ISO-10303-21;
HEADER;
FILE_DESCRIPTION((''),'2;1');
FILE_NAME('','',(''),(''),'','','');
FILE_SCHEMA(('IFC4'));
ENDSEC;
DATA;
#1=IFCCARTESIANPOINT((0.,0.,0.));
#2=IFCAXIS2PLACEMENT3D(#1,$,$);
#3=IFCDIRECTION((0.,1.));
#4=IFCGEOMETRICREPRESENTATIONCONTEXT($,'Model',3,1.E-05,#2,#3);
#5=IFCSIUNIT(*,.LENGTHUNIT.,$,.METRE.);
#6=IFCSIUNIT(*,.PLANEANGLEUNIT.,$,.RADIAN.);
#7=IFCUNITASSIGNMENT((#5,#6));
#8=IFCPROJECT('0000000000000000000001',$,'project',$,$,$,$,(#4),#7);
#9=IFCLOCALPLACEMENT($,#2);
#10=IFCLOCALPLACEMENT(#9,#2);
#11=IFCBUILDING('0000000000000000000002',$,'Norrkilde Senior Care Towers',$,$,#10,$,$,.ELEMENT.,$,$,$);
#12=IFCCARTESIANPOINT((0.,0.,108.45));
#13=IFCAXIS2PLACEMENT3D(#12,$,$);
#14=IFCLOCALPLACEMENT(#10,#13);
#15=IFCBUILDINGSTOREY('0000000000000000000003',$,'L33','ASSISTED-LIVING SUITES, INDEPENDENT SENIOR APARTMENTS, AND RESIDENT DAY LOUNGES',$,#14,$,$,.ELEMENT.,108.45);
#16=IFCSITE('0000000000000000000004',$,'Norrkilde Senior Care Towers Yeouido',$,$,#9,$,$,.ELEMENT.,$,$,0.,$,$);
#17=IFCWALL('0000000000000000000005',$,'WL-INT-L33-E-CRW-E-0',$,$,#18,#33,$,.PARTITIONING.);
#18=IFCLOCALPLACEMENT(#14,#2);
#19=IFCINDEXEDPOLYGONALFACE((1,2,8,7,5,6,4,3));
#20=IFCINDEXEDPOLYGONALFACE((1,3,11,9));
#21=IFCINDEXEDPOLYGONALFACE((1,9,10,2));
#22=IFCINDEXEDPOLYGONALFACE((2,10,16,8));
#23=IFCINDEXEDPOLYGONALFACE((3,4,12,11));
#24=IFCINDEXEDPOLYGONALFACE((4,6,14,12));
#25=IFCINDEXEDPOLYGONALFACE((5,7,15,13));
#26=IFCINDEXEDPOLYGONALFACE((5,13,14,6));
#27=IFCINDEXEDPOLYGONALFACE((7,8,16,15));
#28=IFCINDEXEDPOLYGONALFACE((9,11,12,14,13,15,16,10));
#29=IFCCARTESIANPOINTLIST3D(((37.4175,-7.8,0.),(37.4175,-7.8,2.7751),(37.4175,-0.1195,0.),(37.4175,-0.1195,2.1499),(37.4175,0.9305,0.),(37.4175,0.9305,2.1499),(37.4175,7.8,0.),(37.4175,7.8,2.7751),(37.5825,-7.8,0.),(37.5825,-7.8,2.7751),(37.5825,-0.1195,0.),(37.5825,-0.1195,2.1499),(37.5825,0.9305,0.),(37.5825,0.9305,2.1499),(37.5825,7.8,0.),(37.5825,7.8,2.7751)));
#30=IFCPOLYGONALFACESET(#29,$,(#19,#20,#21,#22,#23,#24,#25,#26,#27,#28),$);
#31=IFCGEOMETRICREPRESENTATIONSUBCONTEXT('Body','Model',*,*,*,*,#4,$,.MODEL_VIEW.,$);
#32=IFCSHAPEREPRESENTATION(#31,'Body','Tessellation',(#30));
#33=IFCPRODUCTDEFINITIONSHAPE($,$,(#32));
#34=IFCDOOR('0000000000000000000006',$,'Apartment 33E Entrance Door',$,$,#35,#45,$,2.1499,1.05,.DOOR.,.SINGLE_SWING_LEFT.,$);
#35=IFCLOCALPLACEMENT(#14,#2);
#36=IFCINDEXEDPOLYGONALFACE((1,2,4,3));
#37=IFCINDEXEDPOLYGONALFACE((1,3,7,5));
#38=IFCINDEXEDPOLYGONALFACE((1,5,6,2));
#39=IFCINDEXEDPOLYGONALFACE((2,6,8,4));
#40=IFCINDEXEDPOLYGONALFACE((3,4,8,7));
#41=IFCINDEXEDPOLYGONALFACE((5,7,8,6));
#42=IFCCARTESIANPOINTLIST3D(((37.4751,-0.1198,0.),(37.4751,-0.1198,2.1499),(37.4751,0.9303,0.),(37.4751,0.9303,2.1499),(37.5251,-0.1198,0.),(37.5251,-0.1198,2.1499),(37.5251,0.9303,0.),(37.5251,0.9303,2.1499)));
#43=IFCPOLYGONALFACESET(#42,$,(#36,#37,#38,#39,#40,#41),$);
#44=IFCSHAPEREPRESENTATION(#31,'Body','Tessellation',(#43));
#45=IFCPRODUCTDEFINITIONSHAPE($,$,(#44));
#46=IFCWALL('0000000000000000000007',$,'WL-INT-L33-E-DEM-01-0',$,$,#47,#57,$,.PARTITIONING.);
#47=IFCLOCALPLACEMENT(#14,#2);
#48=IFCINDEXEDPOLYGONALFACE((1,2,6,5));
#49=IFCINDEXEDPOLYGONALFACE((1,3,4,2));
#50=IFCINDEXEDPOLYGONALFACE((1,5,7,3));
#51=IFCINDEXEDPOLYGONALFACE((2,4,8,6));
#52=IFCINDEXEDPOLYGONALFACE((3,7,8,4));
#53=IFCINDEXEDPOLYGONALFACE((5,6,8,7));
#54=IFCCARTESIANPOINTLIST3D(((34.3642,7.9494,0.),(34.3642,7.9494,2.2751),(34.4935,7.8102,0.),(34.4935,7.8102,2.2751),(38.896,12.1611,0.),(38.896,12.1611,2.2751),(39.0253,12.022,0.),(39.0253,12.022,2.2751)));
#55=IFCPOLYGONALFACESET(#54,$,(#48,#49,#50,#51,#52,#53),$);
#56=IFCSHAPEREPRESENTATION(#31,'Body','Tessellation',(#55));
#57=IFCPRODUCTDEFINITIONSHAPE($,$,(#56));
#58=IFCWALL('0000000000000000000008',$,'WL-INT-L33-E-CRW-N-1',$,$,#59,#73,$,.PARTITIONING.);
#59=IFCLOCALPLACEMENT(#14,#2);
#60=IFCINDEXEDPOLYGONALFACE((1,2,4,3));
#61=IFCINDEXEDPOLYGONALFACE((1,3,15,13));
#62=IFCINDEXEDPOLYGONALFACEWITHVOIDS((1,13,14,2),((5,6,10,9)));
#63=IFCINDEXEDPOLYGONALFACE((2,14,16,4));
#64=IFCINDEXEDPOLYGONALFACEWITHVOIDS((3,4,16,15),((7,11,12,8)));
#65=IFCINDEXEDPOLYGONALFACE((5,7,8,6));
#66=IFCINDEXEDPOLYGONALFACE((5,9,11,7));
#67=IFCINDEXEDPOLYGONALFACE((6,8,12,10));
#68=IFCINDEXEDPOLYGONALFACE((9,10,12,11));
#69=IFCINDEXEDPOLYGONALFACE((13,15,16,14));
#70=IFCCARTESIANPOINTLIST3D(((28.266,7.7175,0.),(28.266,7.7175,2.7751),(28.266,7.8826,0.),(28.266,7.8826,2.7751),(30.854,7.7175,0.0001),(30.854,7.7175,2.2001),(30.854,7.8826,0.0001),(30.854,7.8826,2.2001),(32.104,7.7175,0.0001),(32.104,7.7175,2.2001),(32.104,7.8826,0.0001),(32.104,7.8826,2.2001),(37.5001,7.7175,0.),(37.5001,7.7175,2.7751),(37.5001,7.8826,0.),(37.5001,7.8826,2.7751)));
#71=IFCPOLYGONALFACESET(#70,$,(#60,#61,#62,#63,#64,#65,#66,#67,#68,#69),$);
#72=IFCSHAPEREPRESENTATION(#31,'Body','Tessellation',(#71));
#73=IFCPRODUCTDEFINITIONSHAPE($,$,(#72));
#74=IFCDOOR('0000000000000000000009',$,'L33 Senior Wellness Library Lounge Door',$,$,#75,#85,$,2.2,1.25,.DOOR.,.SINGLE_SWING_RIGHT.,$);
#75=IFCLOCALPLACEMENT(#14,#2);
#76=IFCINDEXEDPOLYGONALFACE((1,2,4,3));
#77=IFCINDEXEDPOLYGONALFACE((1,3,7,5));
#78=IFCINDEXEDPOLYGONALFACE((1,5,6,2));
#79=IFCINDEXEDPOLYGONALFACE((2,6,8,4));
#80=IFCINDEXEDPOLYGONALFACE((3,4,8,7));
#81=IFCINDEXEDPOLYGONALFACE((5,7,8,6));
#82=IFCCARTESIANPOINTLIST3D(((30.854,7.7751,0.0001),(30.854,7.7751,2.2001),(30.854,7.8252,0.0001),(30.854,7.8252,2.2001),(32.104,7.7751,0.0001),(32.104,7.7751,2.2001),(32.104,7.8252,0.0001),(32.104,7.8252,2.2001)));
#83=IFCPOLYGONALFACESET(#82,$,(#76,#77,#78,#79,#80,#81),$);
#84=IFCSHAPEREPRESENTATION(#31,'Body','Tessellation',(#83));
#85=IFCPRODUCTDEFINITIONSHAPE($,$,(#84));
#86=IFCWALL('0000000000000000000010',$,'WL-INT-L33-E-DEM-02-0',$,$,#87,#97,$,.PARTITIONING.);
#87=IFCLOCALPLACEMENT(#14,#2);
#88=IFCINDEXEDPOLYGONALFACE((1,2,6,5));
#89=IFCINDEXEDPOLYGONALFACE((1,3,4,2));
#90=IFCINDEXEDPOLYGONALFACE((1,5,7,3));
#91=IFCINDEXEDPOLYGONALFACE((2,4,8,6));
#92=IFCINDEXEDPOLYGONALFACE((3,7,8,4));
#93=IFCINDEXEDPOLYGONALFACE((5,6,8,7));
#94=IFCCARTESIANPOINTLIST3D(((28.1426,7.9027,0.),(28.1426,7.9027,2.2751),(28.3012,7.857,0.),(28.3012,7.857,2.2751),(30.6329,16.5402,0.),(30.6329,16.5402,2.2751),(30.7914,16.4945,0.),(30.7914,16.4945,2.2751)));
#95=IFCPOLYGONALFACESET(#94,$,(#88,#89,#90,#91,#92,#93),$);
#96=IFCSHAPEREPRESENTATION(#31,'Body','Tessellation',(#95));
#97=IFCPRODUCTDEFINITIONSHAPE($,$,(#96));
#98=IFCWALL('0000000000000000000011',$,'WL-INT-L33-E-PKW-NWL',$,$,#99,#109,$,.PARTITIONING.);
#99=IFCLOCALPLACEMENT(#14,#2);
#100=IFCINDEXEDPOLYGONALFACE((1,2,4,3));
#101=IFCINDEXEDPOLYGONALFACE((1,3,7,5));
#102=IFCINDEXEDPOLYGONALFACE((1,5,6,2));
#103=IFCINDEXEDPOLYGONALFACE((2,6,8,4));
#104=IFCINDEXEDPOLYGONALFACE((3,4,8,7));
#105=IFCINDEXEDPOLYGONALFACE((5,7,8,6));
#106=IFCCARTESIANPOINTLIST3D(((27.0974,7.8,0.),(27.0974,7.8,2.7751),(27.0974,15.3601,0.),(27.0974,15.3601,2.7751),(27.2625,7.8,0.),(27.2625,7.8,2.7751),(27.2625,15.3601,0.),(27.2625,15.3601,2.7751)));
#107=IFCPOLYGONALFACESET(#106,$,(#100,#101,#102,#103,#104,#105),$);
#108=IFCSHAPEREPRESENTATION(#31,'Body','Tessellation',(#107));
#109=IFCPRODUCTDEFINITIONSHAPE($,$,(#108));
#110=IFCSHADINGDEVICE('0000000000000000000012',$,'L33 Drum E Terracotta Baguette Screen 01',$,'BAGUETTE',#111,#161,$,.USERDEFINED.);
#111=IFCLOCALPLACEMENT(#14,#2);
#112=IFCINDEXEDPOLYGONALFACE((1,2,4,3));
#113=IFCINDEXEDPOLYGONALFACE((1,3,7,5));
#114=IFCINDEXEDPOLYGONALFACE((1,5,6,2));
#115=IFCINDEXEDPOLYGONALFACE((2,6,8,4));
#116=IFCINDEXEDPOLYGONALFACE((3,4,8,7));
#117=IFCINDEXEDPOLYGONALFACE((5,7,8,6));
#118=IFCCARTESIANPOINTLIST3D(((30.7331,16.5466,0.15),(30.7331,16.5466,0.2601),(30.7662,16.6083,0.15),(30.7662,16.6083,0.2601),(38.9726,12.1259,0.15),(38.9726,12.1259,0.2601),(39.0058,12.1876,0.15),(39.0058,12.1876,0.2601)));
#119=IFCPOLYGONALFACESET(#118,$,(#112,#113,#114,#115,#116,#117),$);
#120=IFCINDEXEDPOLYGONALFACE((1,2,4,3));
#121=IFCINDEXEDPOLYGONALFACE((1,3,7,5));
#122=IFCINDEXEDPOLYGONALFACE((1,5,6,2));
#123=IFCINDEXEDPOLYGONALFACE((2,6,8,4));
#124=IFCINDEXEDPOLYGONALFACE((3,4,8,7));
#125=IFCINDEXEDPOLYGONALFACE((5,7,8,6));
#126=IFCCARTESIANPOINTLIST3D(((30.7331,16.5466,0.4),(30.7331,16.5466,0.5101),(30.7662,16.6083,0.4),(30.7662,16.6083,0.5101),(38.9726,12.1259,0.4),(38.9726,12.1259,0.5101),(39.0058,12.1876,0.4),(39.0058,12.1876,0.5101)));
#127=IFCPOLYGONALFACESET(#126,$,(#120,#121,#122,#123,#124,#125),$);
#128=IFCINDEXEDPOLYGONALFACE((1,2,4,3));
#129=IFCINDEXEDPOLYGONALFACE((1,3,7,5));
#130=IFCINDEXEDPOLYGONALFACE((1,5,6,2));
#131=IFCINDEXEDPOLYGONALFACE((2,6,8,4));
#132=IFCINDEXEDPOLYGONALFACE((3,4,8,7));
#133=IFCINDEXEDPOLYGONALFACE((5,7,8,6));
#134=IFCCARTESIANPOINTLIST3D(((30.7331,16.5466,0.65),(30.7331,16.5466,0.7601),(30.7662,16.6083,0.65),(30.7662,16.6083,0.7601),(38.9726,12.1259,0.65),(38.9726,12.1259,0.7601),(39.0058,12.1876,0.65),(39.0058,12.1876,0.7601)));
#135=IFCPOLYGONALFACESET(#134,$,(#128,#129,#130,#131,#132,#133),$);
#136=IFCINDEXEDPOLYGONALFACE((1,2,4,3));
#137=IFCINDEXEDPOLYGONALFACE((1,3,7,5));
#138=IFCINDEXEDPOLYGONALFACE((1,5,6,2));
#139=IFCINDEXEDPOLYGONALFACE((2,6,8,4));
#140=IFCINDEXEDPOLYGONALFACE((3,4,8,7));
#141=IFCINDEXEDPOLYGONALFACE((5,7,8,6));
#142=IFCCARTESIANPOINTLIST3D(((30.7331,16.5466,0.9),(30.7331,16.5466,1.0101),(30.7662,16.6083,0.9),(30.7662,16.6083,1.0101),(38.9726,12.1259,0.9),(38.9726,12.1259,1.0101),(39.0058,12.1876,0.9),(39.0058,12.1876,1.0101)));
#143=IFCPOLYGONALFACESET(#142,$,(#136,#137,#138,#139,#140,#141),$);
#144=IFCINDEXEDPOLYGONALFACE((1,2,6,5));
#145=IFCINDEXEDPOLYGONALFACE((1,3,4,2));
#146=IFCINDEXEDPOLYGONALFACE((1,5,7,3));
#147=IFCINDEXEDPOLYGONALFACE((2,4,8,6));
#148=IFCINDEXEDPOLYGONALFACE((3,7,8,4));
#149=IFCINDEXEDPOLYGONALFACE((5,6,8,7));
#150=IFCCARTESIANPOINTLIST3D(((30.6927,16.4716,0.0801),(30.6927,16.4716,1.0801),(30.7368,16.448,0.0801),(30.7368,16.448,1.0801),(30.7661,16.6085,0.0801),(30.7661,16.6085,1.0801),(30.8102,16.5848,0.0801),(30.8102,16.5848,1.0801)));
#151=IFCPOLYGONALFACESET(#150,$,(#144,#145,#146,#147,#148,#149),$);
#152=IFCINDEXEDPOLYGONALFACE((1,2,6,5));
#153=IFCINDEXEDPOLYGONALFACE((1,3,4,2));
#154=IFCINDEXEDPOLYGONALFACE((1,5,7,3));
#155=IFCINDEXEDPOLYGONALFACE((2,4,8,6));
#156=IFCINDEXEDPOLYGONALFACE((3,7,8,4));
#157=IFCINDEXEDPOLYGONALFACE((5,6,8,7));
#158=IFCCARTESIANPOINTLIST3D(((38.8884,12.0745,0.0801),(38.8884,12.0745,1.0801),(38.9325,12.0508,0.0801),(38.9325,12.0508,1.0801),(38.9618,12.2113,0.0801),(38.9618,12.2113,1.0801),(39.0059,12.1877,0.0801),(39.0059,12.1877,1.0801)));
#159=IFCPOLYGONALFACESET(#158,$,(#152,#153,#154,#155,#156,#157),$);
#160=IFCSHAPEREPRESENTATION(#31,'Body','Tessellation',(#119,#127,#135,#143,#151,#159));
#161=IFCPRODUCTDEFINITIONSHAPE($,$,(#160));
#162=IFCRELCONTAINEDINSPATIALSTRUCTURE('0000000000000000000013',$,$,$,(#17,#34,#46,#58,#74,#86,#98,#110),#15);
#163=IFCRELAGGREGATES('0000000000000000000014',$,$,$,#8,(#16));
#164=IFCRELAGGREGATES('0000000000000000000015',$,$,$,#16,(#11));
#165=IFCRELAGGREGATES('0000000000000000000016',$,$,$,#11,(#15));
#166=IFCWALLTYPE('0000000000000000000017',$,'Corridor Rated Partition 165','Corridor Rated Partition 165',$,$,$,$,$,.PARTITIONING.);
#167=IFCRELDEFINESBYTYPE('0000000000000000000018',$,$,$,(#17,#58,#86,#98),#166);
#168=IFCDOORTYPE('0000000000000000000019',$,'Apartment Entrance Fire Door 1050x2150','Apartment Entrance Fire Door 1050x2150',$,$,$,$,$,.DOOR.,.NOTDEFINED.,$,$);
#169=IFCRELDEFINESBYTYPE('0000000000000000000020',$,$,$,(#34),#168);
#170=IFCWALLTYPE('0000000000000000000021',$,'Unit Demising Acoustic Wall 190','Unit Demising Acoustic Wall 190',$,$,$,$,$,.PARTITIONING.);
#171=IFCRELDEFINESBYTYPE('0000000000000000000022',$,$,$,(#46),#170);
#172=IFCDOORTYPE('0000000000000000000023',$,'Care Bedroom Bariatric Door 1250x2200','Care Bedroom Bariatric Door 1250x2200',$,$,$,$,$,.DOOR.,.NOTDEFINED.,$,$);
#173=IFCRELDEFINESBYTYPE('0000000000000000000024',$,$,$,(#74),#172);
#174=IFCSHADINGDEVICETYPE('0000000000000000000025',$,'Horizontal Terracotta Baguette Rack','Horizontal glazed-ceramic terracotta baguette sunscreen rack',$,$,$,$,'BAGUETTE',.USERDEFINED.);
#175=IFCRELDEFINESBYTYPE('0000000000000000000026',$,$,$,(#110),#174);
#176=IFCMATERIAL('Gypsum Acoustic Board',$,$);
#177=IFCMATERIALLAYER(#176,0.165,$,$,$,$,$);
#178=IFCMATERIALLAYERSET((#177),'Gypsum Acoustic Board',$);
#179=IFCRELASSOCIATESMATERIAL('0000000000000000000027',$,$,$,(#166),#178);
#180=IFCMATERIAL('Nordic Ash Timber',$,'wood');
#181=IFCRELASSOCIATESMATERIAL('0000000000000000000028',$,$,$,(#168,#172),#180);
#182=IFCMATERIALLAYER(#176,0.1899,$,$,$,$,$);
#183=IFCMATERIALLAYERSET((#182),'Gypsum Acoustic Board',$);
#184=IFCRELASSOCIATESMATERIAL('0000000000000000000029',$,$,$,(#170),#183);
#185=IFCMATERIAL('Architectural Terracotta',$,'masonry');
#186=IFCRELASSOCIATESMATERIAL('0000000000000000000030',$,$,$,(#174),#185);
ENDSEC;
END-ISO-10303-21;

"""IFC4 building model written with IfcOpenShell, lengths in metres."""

from ifc_helpers import new_model, si_unit, direction, frame, frame_2d, origin, origin_2d, place, context, subcontext, project, spatial, rectangle, extrude, source, transform, mapped, material, layer, layer_set, type_object, type_shapes, element, fill, save


model = new_model("IFC4")

# Units and contexts
model_context = context("Model", 3, precision=1e-05, world=origin(), true_north=direction((0.0, 1.0)))
body_context = subcontext(model_context, "Body", "Model", "MODEL_VIEW")
ifc_project = project(units=[si_unit("LENGTHUNIT", "METRE"), si_unit("PLANEANGLEUNIT", "RADIAN")], contexts=[model_context])

# Site, building, storey
site_placement = place(None, origin())
site = spatial("IfcSite", under=ifc_project, at=site_placement, Name="Norrkilde Senior Care Towers Yeouido", CompositionType="ELEMENT", RefElevation=0.0)
building_placement = place(site_placement, origin())
building = spatial("IfcBuilding", under=site, at=building_placement, Name="Norrkilde Senior Care Towers", CompositionType="ELEMENT")
storey_placement = place(building_placement, frame((0.0, 0.0, 108.45)))
storey = spatial("IfcBuildingStorey", under=building, at=storey_placement, Name="L33", Description="ASSISTED-LIVING SUITES, INDEPENDENT SENIOR APARTMENTS, AND RESIDENT DAY LOUNGES", CompositionType="ELEMENT", Elevation=108.45)

# Wall, opening, door
ifc_material_1 = material(Name="Gypsum Acoustic Board")
ifc_layer_1 = layer(ifc_material_1, 0.165)
ifc_layer_set_1 = layer_set([ifc_layer_1], Name="Gypsum Acoustic Board")
wall_type_1 = type_object("IfcWallType", Name="Corridor Rated Partition 165", Description="Corridor Rated Partition 165", PredefinedType="PARTITIONING", material=ifc_layer_set_1)
shared_shape_1 = source(origin(), body_context, "Body", "SweptSolid", [
    extrude(rectangle(XDim=15.6001, YDim=0.165, at=frame_2d((7.8, 0.0))), origin(), (0.0, 0.0, 1.0), 2.7751),
])
wall_1_placement = place(storey_placement, frame((37.5, 7.8, 0.0), z_axis=(0.0, 0.0, 1.0), x_axis=(0.0, -1.0, 0.0)))
wall_1 = element("IfcWall", 1, at=wall_1_placement, inside=storey, type_object=wall_type_1, Name="WL-INT-L33-E-CRW-E-0", PredefinedType="PARTITIONING", context=body_context, shape_type="MappedRepresentation", body=[
    mapped(shared_shape_1, transform((0.0, 0.0, 0.0), x_axis=(1.0, 0.0, 0.0), y_axis=(0.0, 1.0, 0.0), z_axis=(0.0, 0.0, 1.0), scale=1.0)),
])
opening_1_placement = place(wall_1_placement, frame((6.8696, 0.0, 0.0)))
opening_1 = element("IfcOpeningElement", 2, at=opening_1_placement, cuts=wall_1, PredefinedType="OPENING", context=body_context, shape_type="SweptSolid", body=[
    extrude(rectangle(XDim=1.05, YDim=2.1499, at=frame_2d((0.5249, 1.075))), frame((0.0, 0.0925, 0.0), z_axis=(0.0, -1.0, 0.0), x_axis=(1.0, 0.0, 0.0)), (0.0, 0.0, 1.0), 0.1851),
])
ifc_material_2 = material(Name="Nordic Ash Timber", Category="wood")
door_type_1 = type_object("IfcDoorType", Name="Apartment Entrance Fire Door 1050x2150", Description="Apartment Entrance Fire Door 1050x2150", OperationType="NOTDEFINED", PredefinedType="DOOR", material=ifc_material_2)
shared_shape_2 = source(origin(), body_context, "Body", "SweptSolid", [
    extrude(rectangle(XDim=1.05, YDim=2.1499, at=frame_2d((0.5249, 1.075))), frame((0.0, 0.0249, 0.0), z_axis=(0.0, -1.0, 0.0), x_axis=(1.0, 0.0, 0.0)), (0.0, 0.0, 1.0), 0.05),
])
type_shapes(door_type_1, [shared_shape_2])
door_1_placement = place(opening_1_placement, frame((1.05, 0.0, 0.0), z_axis=(0.0, 0.0, 1.0), x_axis=(-1.0, 0.0, 0.0)))
door_1 = element("IfcDoor", 3, at=door_1_placement, inside=storey, type_object=door_type_1, Name="Apartment 33E Entrance Door", OperationType="SINGLE_SWING_LEFT", OverallHeight=2.1499, OverallWidth=1.05, PredefinedType="DOOR", context=body_context, shape_type="MappedRepresentation", body=[
    mapped(shared_shape_2, transform((0.0, 0.0, 0.0), x_axis=(1.0, 0.0, 0.0), y_axis=(0.0, 1.0, 0.0), z_axis=(0.0, 0.0, 1.0), scale=1.0)),
])
fill(opening_1, door_1)

# Wall
ifc_layer_2 = layer(ifc_material_1, 0.1899)
ifc_layer_set_2 = layer_set([ifc_layer_2], Name="Gypsum Acoustic Board")
wall_type_2 = type_object("IfcWallType", Name="Unit Demising Acoustic Wall 190", Description="Unit Demising Acoustic Wall 190", PredefinedType="PARTITIONING", material=ifc_layer_set_2)
shared_shape_3 = source(origin(), body_context, "Body", "SweptSolid", [
    extrude(rectangle(XDim=6.1868, YDim=0.1899, at=frame_2d((3.0933, 0.0))), origin(), (0.0, 0.0, 1.0), 2.2751),
])
type_shapes(wall_type_2, [shared_shape_3])
wall_2_placement = place(storey_placement, frame((34.429, 7.8799, 0.0), z_axis=(0.0, 0.0, 1.0), x_axis=(0.732501, 0.680766, 0.0)))
element("IfcWall", 4, at=wall_2_placement, inside=storey, type_object=wall_type_2, Name="WL-INT-L33-E-DEM-01-0", PredefinedType="PARTITIONING", context=body_context, shape_type="MappedRepresentation", body=[
    mapped(shared_shape_3, transform((0.0, 0.0, 0.0), x_axis=(1.0, 0.0, 0.0), y_axis=(0.0, 1.0, 0.0), z_axis=(0.0, 0.0, 1.0), scale=1.0)),
])

# Wall, opening, door
shared_shape_4 = source(origin(), body_context, "Body", "SweptSolid", [
    extrude(rectangle(XDim=9.2341, YDim=0.165, at=frame_2d((4.6172, 0.0))), origin(), (0.0, 0.0, 1.0), 2.7751),
])
wall_3_placement = place(storey_placement, frame((28.2659, 7.8, 0.0), z_axis=(0.0, 0.0, 1.0), x_axis=(1.0, 0.0, 0.0)))
wall_3 = element("IfcWall", 5, at=wall_3_placement, inside=storey, type_object=wall_type_1, Name="WL-INT-L33-E-CRW-N-1", PredefinedType="PARTITIONING", context=body_context, shape_type="MappedRepresentation", body=[
    mapped(shared_shape_4, transform((0.0, 0.0, 0.0), x_axis=(1.0, 0.0, 0.0), y_axis=(0.0, 1.0, 0.0), z_axis=(0.0, 0.0, 1.0), scale=1.0)),
])
opening_2_placement = place(wall_3_placement, frame((2.5881, 0.0, 0.0)))
opening_2 = element("IfcOpeningElement", 6, at=opening_2_placement, cuts=wall_3, PredefinedType="OPENING", context=body_context, shape_type="SweptSolid", body=[
    extrude(rectangle(XDim=1.25, YDim=2.2, at=frame_2d((0.625, 1.1001))), frame((0.0, 0.0925, 0.0), z_axis=(0.0, -1.0, 0.0), x_axis=(1.0, 0.0, 0.0)), (0.0, 0.0, 1.0), 0.1851),
])
door_type_2 = type_object("IfcDoorType", Name="Care Bedroom Bariatric Door 1250x2200", Description="Care Bedroom Bariatric Door 1250x2200", OperationType="NOTDEFINED", PredefinedType="DOOR", material=ifc_material_2)
shared_shape_5 = source(origin(), body_context, "Body", "SweptSolid", [
    extrude(rectangle(XDim=1.25, YDim=2.2, at=frame_2d((0.625, 1.1001))), frame((0.0, 0.0249, 0.0), z_axis=(0.0, -1.0, 0.0), x_axis=(1.0, 0.0, 0.0)), (0.0, 0.0, 1.0), 0.05),
])
type_shapes(door_type_2, [shared_shape_5])
door_2_placement = place(opening_2_placement, frame((1.25, 0.0, 0.0), z_axis=(0.0, 0.0, 1.0), x_axis=(-1.0, 0.0, 0.0)))
door_2 = element("IfcDoor", 7, at=door_2_placement, inside=storey, type_object=door_type_2, Name="L33 Senior Wellness Library Lounge Door", OperationType="SINGLE_SWING_RIGHT", OverallHeight=2.2, OverallWidth=1.25, PredefinedType="DOOR", context=body_context, shape_type="MappedRepresentation", body=[
    mapped(shared_shape_5, transform((0.0, 0.0, 0.0), x_axis=(1.0, 0.0, 0.0), y_axis=(0.0, 1.0, 0.0), z_axis=(0.0, 0.0, 1.0), scale=1.0)),
])
fill(opening_2, door_2)

# Walls
shared_shape_6 = source(origin(), body_context, "Body", "SweptSolid", [
    extrude(rectangle(XDim=8.9893, YDim=0.165, at=frame_2d((4.4946, 0.0))), origin(), (0.0, 0.0, 1.0), 2.2751),
])
wall_4_placement = place(storey_placement, frame((28.2219, 7.8799, 0.0), z_axis=(0.0, 0.0, 1.0), x_axis=(0.277023, 0.960863, 0.0)))
element("IfcWall", 8, at=wall_4_placement, inside=storey, type_object=wall_type_1, Name="WL-INT-L33-E-DEM-02-0", PredefinedType="PARTITIONING", context=body_context, shape_type="MappedRepresentation", body=[
    mapped(shared_shape_6, transform((0.0, 0.0, 0.0), x_axis=(1.0, 0.0, 0.0), y_axis=(0.0, 1.0, 0.0), z_axis=(0.0, 0.0, 1.0), scale=1.0)),
])
shared_shape_7 = source(origin(), body_context, "Body", "SweptSolid", [
    extrude(rectangle(XDim=7.5601, YDim=0.165, at=frame_2d((3.78, 0.0))), origin(), (0.0, 0.0, 1.0), 2.7751),
])
type_shapes(wall_type_1, [shared_shape_1, shared_shape_4, shared_shape_6, shared_shape_7])
wall_5_placement = place(storey_placement, frame((27.1799, 7.8, 0.0), z_axis=(0.0, 0.0, 1.0), x_axis=(0.0, 1.0, 0.0)))
element("IfcWall", 9, at=wall_5_placement, inside=storey, type_object=wall_type_1, Name="WL-INT-L33-E-PKW-NWL", PredefinedType="PARTITIONING", context=body_context, shape_type="MappedRepresentation", body=[
    mapped(shared_shape_7, transform((0.0, 0.0, 0.0), x_axis=(1.0, 0.0, 0.0), y_axis=(0.0, 1.0, 0.0), z_axis=(0.0, 0.0, 1.0), scale=1.0)),
])

# Shading device
ifc_material_3 = material(Name="Architectural Terracotta", Category="masonry")
shading_device_type = type_object("IfcShadingDeviceType", Name="Horizontal Terracotta Baguette Rack", Description="Horizontal glazed-ceramic terracotta baguette sunscreen rack", ElementType="BAGUETTE", PredefinedType="USERDEFINED", material=ifc_material_3)
shared_shape_8 = source(origin(), body_context, "Body", "SweptSolid", [
    extrude(rectangle(XDim=0.0701, YDim=0.1101, at=origin_2d()), frame((0.0, 0.0901, 0.125), z_axis=(1.0, 0.0, 0.0), x_axis=(0.0, 1.0, 0.0)), (0.0, 0.0, 1.0), 9.3506),
    extrude(rectangle(XDim=0.0701, YDim=0.1101, at=origin_2d()), frame((0.0, 0.0901, 0.375), z_axis=(1.0, 0.0, 0.0), x_axis=(0.0, 1.0, 0.0)), (0.0, 0.0, 1.0), 9.3506),
    extrude(rectangle(XDim=0.0701, YDim=0.1101, at=origin_2d()), frame((0.0, 0.0901, 0.625), z_axis=(1.0, 0.0, 0.0), x_axis=(0.0, 1.0, 0.0)), (0.0, 0.0, 1.0), 9.3506),
    extrude(rectangle(XDim=0.0701, YDim=0.1101, at=origin_2d()), frame((0.0, 0.0901, 0.875), z_axis=(1.0, 0.0, 0.0), x_axis=(0.0, 1.0, 0.0)), (0.0, 0.0, 1.0), 9.3506),
    extrude(rectangle(XDim=0.05, YDim=0.1553, at=origin_2d()), frame((0.0249, 0.0476, 0.0)), (0.0, 0.0, 1.0), 1.0),
    extrude(rectangle(XDim=0.05, YDim=0.1553, at=origin_2d()), frame((9.3257, 0.0476, 0.0)), (0.0, 0.0, 1.0), 1.0),
])
type_shapes(shading_device_type, [shared_shape_8])
shading_device_placement = place(storey_placement, frame((30.707, 16.498, 0.0801), z_axis=(0.0, 0.0, 1.0), x_axis=(0.881175, -0.472768, 0.0)))
element("IfcShadingDevice", 10, at=shading_device_placement, inside=storey, type_object=shading_device_type, Name="L33 Drum E Terracotta Baguette Screen 01", ObjectType="BAGUETTE", PredefinedType="USERDEFINED", context=body_context, shape_type="MappedRepresentation", body=[
    mapped(shared_shape_8, transform((0.0, 0.0, 0.0), x_axis=(1.0, 0.0, 0.0), y_axis=(0.0, 1.0, 0.0), z_axis=(0.0, 0.0, 1.0), scale=1.0)),
])

save(model, "model.ifc")
